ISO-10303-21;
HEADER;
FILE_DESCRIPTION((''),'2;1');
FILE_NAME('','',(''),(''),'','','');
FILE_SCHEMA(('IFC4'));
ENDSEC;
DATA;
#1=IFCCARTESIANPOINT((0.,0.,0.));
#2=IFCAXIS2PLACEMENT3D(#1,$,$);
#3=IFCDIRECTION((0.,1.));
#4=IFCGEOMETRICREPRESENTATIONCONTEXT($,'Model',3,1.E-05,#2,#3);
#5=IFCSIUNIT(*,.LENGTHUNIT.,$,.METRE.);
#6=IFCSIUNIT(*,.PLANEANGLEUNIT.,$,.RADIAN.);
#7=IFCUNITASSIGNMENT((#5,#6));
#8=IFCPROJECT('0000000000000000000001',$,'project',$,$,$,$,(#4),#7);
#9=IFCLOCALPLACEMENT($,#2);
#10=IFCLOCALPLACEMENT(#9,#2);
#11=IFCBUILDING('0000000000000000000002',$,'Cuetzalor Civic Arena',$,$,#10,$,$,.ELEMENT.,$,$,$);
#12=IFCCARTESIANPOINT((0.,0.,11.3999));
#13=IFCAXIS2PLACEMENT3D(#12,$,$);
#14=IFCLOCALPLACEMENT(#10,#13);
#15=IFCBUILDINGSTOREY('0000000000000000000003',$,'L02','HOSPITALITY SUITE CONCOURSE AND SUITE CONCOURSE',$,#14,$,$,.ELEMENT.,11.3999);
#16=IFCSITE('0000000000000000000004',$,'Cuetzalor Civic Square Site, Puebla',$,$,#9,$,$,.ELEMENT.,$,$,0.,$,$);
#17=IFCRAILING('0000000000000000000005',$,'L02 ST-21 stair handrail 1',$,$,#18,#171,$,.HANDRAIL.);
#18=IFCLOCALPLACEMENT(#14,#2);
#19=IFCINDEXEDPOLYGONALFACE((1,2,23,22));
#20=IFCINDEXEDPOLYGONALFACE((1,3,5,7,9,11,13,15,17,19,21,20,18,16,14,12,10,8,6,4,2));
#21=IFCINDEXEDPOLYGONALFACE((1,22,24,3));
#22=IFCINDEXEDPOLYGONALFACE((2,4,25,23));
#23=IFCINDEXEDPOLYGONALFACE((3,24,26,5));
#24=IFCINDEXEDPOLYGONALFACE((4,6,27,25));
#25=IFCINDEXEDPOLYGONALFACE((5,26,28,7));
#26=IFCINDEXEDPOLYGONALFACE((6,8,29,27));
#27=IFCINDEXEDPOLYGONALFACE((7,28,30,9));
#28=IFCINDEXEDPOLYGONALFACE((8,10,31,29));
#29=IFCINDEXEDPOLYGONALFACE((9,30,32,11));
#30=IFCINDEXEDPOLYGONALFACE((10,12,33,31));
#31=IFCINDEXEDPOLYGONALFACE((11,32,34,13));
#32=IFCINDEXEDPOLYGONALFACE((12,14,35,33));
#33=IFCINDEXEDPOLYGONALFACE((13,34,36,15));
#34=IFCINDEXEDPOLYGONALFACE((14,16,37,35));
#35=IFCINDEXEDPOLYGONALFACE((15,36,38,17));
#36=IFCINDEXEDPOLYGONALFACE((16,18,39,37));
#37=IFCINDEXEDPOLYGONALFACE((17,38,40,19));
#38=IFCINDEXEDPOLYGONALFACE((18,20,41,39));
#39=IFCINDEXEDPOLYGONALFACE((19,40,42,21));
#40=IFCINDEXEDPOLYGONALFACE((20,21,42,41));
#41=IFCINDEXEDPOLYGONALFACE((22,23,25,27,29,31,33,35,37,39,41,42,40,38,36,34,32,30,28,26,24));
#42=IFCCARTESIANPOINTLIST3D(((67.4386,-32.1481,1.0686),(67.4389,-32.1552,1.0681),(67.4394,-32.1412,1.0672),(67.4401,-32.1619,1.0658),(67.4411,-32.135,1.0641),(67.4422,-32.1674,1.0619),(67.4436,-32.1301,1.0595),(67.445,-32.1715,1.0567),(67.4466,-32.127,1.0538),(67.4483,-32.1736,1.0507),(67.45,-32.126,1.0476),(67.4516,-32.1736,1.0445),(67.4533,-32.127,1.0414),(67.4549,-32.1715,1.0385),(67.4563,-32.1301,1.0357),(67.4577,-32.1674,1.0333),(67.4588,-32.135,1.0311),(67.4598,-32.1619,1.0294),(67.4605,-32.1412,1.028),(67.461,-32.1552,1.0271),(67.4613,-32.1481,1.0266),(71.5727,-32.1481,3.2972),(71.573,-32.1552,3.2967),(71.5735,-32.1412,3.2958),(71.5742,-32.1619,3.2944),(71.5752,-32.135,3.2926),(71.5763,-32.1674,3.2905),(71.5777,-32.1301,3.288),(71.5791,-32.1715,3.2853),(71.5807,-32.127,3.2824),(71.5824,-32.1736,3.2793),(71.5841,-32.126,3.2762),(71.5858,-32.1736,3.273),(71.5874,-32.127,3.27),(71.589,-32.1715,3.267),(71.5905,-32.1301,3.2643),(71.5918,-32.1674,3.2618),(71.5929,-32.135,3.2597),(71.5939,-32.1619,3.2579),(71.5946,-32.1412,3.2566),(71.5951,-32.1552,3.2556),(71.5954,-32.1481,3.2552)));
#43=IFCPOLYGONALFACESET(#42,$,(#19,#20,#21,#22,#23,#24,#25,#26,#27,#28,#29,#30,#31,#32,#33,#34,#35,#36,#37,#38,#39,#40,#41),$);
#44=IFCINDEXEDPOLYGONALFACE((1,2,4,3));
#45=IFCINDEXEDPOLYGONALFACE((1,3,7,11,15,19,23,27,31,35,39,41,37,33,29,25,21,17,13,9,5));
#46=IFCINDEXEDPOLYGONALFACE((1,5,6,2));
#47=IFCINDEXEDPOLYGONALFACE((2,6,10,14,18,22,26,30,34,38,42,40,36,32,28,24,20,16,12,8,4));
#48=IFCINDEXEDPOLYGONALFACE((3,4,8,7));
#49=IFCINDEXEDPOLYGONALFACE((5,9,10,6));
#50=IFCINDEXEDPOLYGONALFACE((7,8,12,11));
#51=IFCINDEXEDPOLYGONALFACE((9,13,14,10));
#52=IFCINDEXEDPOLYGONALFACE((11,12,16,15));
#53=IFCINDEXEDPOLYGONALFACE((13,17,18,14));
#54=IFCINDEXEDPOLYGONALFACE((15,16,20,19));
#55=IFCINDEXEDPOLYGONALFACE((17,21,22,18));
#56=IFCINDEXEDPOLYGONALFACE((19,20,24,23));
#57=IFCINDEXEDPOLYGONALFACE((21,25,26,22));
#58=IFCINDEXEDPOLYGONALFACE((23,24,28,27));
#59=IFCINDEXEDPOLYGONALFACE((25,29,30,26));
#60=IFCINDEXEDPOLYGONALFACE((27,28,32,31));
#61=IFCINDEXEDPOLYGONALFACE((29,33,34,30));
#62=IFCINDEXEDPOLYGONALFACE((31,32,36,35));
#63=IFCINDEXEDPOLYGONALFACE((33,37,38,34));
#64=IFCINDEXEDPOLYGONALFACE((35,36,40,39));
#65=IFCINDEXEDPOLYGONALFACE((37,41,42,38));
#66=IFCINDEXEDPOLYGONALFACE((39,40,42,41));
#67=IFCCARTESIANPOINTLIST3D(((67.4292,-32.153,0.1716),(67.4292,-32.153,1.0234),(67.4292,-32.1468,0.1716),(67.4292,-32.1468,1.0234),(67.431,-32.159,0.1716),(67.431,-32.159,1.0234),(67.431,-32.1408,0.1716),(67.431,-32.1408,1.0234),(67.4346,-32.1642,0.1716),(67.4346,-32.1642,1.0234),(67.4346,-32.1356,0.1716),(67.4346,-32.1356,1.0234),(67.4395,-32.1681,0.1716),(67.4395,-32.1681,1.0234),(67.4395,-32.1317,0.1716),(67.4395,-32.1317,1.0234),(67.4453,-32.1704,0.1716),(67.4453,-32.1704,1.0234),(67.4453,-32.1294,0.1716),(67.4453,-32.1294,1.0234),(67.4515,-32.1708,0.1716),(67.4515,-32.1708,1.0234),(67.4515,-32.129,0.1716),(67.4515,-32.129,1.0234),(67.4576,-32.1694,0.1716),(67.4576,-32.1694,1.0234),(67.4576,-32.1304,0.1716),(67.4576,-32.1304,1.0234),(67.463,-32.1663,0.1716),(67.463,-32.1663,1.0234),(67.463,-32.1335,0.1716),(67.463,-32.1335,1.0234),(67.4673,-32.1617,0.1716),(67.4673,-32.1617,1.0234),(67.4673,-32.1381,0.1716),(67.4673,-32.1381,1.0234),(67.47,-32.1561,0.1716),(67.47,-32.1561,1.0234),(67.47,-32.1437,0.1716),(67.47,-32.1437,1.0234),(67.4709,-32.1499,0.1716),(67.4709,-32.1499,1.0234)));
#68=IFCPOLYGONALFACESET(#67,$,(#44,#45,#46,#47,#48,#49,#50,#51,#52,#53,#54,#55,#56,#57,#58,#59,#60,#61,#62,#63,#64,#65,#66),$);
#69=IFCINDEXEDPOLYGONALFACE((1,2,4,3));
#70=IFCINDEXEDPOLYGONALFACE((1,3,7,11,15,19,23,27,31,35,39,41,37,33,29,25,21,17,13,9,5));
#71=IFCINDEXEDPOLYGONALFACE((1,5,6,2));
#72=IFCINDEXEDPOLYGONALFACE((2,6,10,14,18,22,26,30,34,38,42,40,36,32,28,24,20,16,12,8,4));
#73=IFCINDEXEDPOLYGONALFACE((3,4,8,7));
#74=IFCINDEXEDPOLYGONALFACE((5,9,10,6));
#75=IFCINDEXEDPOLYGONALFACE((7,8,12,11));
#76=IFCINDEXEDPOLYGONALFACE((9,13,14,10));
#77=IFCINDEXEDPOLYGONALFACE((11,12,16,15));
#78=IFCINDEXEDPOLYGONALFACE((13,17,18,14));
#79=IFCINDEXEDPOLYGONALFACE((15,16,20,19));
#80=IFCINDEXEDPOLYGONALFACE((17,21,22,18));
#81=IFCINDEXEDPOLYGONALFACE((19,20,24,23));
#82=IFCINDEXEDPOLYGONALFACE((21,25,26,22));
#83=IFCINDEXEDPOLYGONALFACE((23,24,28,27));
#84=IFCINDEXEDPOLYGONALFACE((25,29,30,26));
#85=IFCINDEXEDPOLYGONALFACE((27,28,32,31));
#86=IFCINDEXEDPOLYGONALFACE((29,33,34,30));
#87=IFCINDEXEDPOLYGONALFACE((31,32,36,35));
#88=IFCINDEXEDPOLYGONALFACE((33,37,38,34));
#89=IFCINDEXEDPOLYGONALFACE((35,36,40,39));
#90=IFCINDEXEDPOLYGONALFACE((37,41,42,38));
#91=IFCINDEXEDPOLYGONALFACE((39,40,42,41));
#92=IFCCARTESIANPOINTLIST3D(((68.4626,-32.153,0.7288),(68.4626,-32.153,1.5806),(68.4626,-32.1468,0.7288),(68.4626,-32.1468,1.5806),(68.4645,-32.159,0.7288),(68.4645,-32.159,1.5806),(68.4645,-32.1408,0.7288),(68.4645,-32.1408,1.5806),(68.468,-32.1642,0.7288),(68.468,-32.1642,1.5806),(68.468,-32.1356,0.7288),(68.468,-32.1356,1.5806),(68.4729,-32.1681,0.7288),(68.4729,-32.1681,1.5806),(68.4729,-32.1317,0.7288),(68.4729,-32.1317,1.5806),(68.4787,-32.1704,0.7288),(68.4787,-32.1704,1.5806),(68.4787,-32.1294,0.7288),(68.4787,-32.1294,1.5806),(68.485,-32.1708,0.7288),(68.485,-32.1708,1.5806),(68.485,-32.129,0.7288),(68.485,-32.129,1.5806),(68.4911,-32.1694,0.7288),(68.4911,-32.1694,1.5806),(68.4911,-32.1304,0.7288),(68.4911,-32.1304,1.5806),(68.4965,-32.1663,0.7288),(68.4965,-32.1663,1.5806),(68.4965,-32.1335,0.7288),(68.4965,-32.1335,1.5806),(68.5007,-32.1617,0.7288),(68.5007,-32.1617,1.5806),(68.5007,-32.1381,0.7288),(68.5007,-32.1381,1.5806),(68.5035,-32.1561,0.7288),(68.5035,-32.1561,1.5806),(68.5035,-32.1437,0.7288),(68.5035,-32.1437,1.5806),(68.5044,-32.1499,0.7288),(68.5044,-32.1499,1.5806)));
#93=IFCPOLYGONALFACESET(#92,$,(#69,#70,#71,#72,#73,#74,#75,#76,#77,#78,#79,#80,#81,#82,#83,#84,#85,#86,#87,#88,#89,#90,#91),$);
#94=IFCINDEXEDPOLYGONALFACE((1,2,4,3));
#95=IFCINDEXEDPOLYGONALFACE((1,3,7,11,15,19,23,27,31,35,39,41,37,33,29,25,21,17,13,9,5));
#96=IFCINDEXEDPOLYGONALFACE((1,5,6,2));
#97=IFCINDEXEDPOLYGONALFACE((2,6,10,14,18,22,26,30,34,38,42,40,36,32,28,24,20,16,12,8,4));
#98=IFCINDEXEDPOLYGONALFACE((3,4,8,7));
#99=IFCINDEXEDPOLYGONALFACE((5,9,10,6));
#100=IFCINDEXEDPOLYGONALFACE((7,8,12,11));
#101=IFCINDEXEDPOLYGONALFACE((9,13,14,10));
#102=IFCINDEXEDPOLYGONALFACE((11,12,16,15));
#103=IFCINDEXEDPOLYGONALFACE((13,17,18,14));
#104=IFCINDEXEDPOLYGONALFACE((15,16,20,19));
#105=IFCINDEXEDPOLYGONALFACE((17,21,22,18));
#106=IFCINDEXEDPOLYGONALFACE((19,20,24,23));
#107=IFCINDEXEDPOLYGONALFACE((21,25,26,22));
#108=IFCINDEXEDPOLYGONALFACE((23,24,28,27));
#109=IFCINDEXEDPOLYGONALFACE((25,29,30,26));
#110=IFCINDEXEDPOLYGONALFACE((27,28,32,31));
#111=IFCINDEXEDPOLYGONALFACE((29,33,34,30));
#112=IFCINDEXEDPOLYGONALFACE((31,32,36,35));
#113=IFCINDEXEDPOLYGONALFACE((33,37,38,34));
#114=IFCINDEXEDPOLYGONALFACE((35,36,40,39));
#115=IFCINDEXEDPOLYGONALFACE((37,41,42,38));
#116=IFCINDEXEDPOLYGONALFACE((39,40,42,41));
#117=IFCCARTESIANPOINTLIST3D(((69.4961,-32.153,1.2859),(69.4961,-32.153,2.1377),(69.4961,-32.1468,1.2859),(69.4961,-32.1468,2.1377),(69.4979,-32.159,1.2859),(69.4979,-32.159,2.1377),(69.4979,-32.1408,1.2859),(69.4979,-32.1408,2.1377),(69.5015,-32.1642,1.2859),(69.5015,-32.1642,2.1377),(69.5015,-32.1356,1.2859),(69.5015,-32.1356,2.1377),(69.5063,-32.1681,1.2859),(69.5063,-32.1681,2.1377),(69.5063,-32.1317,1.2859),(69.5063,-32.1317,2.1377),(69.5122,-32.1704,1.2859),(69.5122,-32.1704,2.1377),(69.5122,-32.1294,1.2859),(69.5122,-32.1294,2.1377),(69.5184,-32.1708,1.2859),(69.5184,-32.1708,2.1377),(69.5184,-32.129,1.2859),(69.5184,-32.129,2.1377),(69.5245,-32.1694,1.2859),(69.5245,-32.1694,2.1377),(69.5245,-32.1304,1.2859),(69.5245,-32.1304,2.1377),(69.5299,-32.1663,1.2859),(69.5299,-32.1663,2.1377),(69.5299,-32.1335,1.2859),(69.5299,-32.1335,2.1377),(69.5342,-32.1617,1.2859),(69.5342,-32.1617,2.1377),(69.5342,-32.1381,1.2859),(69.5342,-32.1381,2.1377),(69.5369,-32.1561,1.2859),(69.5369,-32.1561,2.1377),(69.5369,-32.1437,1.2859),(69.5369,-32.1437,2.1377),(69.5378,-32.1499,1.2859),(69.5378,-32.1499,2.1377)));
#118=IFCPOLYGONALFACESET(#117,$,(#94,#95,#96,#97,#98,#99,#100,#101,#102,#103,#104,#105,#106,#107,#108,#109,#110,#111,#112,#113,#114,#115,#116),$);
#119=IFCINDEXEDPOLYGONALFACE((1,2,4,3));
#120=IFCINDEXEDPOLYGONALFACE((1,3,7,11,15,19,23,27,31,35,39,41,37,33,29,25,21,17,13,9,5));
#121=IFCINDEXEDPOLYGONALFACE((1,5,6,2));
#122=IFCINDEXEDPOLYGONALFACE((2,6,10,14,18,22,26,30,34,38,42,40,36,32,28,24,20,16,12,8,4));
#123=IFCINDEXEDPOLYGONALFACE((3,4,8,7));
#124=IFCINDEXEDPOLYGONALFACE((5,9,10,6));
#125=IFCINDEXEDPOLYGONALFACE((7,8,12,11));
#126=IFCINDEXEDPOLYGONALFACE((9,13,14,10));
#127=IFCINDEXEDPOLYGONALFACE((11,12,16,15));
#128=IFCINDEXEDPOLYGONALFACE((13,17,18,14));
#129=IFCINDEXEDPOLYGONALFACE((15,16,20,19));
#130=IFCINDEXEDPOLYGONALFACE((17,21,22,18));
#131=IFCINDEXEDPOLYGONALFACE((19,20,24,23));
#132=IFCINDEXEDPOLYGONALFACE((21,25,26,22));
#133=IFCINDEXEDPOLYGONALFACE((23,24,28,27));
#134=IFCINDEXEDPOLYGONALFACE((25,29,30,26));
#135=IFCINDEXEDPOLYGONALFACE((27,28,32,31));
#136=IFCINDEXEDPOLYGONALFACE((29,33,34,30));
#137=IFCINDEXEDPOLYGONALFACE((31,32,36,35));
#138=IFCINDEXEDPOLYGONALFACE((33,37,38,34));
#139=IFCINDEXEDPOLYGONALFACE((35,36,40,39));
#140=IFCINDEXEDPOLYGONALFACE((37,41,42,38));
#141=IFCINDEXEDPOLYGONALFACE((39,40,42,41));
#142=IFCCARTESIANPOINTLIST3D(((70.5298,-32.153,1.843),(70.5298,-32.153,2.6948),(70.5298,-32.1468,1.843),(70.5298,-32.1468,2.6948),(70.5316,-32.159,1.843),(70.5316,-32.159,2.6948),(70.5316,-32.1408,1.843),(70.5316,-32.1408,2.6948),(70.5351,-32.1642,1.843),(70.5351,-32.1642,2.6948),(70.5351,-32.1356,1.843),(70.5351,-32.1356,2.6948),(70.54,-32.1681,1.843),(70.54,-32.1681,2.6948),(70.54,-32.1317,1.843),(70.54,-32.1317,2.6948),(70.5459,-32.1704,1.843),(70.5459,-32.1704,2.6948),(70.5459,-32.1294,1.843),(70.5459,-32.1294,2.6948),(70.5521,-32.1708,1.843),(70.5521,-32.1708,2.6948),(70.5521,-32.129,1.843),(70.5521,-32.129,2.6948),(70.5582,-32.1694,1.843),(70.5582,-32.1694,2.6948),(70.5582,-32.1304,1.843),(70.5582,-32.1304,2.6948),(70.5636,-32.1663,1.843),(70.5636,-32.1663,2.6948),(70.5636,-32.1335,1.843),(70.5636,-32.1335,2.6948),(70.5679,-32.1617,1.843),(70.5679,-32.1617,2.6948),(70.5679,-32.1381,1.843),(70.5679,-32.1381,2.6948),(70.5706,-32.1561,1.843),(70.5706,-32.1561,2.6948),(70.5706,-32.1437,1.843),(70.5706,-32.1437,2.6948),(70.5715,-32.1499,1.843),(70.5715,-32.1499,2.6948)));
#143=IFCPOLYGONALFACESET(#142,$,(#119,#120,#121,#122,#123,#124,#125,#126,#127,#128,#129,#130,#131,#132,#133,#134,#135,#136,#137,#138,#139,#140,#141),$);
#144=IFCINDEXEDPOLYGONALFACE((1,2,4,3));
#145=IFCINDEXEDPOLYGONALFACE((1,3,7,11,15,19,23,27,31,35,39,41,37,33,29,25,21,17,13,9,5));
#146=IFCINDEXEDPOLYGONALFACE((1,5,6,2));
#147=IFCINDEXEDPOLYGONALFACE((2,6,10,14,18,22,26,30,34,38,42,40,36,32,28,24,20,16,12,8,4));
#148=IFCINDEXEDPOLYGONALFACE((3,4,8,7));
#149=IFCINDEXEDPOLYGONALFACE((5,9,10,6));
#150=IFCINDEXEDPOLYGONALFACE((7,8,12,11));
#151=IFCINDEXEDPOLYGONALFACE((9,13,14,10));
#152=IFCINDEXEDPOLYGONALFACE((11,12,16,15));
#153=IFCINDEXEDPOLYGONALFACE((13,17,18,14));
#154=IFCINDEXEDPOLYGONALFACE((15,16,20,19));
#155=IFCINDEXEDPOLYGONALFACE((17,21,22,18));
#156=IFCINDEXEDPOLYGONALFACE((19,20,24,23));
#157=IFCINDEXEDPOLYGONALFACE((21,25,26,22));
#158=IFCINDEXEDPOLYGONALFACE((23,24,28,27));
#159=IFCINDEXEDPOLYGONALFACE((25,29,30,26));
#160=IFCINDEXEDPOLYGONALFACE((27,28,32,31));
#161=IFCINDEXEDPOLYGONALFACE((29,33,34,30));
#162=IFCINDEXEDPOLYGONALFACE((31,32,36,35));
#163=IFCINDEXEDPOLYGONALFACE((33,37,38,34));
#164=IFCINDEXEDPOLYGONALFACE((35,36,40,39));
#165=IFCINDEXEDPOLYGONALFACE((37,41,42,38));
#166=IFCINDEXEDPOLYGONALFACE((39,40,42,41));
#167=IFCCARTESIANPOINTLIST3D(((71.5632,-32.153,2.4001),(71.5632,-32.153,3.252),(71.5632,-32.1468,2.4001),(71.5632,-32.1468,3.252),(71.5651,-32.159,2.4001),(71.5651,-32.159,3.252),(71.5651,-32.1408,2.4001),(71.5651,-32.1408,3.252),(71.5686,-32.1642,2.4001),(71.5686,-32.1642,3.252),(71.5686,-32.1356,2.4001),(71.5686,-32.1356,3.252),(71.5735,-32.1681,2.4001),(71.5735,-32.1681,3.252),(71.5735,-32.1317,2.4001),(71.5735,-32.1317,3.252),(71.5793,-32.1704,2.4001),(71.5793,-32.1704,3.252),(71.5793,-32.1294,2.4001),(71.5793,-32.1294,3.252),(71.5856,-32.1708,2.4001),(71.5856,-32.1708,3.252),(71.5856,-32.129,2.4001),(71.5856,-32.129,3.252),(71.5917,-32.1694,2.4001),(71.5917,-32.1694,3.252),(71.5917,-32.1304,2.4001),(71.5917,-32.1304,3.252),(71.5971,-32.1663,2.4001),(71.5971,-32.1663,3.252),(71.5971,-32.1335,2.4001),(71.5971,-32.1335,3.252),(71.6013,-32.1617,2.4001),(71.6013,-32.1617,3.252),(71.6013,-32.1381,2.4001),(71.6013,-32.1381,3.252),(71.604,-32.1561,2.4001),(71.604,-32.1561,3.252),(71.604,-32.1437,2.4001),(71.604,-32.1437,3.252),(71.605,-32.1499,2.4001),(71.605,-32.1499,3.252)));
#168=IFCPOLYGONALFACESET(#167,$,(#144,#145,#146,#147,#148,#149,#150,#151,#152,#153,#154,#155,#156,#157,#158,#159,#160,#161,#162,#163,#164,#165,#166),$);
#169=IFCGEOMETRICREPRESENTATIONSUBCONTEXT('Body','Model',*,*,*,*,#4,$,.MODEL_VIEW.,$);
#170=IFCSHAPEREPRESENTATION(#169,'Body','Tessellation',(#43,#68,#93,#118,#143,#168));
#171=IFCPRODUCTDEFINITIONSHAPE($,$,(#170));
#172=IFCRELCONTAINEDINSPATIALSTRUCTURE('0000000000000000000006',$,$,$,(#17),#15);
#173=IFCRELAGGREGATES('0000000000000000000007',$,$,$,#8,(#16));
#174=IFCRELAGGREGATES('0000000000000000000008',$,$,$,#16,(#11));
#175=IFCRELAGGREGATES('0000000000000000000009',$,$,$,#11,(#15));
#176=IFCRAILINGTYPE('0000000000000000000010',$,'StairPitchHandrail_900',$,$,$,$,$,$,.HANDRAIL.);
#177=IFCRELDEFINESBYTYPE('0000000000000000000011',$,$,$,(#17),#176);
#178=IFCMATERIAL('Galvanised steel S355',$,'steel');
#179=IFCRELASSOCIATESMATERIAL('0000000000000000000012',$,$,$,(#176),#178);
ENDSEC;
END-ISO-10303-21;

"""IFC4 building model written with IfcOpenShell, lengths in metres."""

from ifc_helpers import new_model, si_unit, direction, frame, origin, origin_2d, place, context, subcontext, project, spatial, circle, extrude, material, type_object, element, save


model = new_model("IFC4")

# Units and contexts
model_context = context("Model", 3, precision=1e-05, world=origin(), true_north=direction((0.0, 1.0)))
body_context = subcontext(model_context, "Body", "Model", "MODEL_VIEW")
ifc_project = project(units=[si_unit("LENGTHUNIT", "METRE"), si_unit("PLANEANGLEUNIT", "RADIAN")], contexts=[model_context])

# Site, building, storey
site_placement = place(None, origin())
site = spatial("IfcSite", under=ifc_project, at=site_placement, Name="Cuetzalor Civic Square Site, Puebla", CompositionType="ELEMENT", RefElevation=0.0)
building_placement = place(site_placement, origin())
building = spatial("IfcBuilding", under=site, at=building_placement, Name="Cuetzalor Civic Arena", CompositionType="ELEMENT")
storey_placement = place(building_placement, frame((0.0, 0.0, 11.3999)))
storey = spatial("IfcBuildingStorey", under=building, at=storey_placement, Name="L02", Description="HOSPITALITY SUITE CONCOURSE AND SUITE CONCOURSE", CompositionType="ELEMENT", Elevation=11.3999)

# Railing
ifc_material_1 = material(Name="Galvanised steel S355", Category="steel")
railing_type_1 = type_object("IfcRailingType", Name="StairPitchHandrail_900", PredefinedType="HANDRAIL", material=ifc_material_1)
for number, where, name in (
    (1, (67.45, -32.1499, 0.1716), "L02 ST-21 stair handrail 1"),
):
    element("IfcRailing", number, at=place(storey_placement, frame(where)), inside=storey, type_object=railing_type_1, Name=name, PredefinedType="HANDRAIL", context=body_context, shape_type="SweptSolid", body=[
        extrude(circle(Radius=0.0239, at=origin_2d()), frame((0.0, 0.0, 0.876), z_axis=(0.880249, 0.0, 0.474512), x_axis=(0.0, 1.0, 0.0)), (0.0, 0.0, 1.0), 4.6965),
        extrude(circle(Radius=0.021, at=origin_2d()), origin(), (0.0, 0.0, 1.0), 0.8518),
        extrude(circle(Radius=0.021, at=origin_2d()), frame((1.0334, 0.0, 0.5571)), (0.0, 0.0, 1.0), 0.8518),
        extrude(circle(Radius=0.021, at=origin_2d()), frame((2.0669, 0.0, 1.1143)), (0.0, 0.0, 1.0), 0.8518),
        extrude(circle(Radius=0.021, at=origin_2d()), frame((3.1006, 0.0, 1.6714)), (0.0, 0.0, 1.0), 0.8518),
        extrude(circle(Radius=0.021, at=origin_2d()), frame((4.134, 0.0, 2.2285)), (0.0, 0.0, 1.0), 0.8518),
    ])

save(model, "model.ifc")
